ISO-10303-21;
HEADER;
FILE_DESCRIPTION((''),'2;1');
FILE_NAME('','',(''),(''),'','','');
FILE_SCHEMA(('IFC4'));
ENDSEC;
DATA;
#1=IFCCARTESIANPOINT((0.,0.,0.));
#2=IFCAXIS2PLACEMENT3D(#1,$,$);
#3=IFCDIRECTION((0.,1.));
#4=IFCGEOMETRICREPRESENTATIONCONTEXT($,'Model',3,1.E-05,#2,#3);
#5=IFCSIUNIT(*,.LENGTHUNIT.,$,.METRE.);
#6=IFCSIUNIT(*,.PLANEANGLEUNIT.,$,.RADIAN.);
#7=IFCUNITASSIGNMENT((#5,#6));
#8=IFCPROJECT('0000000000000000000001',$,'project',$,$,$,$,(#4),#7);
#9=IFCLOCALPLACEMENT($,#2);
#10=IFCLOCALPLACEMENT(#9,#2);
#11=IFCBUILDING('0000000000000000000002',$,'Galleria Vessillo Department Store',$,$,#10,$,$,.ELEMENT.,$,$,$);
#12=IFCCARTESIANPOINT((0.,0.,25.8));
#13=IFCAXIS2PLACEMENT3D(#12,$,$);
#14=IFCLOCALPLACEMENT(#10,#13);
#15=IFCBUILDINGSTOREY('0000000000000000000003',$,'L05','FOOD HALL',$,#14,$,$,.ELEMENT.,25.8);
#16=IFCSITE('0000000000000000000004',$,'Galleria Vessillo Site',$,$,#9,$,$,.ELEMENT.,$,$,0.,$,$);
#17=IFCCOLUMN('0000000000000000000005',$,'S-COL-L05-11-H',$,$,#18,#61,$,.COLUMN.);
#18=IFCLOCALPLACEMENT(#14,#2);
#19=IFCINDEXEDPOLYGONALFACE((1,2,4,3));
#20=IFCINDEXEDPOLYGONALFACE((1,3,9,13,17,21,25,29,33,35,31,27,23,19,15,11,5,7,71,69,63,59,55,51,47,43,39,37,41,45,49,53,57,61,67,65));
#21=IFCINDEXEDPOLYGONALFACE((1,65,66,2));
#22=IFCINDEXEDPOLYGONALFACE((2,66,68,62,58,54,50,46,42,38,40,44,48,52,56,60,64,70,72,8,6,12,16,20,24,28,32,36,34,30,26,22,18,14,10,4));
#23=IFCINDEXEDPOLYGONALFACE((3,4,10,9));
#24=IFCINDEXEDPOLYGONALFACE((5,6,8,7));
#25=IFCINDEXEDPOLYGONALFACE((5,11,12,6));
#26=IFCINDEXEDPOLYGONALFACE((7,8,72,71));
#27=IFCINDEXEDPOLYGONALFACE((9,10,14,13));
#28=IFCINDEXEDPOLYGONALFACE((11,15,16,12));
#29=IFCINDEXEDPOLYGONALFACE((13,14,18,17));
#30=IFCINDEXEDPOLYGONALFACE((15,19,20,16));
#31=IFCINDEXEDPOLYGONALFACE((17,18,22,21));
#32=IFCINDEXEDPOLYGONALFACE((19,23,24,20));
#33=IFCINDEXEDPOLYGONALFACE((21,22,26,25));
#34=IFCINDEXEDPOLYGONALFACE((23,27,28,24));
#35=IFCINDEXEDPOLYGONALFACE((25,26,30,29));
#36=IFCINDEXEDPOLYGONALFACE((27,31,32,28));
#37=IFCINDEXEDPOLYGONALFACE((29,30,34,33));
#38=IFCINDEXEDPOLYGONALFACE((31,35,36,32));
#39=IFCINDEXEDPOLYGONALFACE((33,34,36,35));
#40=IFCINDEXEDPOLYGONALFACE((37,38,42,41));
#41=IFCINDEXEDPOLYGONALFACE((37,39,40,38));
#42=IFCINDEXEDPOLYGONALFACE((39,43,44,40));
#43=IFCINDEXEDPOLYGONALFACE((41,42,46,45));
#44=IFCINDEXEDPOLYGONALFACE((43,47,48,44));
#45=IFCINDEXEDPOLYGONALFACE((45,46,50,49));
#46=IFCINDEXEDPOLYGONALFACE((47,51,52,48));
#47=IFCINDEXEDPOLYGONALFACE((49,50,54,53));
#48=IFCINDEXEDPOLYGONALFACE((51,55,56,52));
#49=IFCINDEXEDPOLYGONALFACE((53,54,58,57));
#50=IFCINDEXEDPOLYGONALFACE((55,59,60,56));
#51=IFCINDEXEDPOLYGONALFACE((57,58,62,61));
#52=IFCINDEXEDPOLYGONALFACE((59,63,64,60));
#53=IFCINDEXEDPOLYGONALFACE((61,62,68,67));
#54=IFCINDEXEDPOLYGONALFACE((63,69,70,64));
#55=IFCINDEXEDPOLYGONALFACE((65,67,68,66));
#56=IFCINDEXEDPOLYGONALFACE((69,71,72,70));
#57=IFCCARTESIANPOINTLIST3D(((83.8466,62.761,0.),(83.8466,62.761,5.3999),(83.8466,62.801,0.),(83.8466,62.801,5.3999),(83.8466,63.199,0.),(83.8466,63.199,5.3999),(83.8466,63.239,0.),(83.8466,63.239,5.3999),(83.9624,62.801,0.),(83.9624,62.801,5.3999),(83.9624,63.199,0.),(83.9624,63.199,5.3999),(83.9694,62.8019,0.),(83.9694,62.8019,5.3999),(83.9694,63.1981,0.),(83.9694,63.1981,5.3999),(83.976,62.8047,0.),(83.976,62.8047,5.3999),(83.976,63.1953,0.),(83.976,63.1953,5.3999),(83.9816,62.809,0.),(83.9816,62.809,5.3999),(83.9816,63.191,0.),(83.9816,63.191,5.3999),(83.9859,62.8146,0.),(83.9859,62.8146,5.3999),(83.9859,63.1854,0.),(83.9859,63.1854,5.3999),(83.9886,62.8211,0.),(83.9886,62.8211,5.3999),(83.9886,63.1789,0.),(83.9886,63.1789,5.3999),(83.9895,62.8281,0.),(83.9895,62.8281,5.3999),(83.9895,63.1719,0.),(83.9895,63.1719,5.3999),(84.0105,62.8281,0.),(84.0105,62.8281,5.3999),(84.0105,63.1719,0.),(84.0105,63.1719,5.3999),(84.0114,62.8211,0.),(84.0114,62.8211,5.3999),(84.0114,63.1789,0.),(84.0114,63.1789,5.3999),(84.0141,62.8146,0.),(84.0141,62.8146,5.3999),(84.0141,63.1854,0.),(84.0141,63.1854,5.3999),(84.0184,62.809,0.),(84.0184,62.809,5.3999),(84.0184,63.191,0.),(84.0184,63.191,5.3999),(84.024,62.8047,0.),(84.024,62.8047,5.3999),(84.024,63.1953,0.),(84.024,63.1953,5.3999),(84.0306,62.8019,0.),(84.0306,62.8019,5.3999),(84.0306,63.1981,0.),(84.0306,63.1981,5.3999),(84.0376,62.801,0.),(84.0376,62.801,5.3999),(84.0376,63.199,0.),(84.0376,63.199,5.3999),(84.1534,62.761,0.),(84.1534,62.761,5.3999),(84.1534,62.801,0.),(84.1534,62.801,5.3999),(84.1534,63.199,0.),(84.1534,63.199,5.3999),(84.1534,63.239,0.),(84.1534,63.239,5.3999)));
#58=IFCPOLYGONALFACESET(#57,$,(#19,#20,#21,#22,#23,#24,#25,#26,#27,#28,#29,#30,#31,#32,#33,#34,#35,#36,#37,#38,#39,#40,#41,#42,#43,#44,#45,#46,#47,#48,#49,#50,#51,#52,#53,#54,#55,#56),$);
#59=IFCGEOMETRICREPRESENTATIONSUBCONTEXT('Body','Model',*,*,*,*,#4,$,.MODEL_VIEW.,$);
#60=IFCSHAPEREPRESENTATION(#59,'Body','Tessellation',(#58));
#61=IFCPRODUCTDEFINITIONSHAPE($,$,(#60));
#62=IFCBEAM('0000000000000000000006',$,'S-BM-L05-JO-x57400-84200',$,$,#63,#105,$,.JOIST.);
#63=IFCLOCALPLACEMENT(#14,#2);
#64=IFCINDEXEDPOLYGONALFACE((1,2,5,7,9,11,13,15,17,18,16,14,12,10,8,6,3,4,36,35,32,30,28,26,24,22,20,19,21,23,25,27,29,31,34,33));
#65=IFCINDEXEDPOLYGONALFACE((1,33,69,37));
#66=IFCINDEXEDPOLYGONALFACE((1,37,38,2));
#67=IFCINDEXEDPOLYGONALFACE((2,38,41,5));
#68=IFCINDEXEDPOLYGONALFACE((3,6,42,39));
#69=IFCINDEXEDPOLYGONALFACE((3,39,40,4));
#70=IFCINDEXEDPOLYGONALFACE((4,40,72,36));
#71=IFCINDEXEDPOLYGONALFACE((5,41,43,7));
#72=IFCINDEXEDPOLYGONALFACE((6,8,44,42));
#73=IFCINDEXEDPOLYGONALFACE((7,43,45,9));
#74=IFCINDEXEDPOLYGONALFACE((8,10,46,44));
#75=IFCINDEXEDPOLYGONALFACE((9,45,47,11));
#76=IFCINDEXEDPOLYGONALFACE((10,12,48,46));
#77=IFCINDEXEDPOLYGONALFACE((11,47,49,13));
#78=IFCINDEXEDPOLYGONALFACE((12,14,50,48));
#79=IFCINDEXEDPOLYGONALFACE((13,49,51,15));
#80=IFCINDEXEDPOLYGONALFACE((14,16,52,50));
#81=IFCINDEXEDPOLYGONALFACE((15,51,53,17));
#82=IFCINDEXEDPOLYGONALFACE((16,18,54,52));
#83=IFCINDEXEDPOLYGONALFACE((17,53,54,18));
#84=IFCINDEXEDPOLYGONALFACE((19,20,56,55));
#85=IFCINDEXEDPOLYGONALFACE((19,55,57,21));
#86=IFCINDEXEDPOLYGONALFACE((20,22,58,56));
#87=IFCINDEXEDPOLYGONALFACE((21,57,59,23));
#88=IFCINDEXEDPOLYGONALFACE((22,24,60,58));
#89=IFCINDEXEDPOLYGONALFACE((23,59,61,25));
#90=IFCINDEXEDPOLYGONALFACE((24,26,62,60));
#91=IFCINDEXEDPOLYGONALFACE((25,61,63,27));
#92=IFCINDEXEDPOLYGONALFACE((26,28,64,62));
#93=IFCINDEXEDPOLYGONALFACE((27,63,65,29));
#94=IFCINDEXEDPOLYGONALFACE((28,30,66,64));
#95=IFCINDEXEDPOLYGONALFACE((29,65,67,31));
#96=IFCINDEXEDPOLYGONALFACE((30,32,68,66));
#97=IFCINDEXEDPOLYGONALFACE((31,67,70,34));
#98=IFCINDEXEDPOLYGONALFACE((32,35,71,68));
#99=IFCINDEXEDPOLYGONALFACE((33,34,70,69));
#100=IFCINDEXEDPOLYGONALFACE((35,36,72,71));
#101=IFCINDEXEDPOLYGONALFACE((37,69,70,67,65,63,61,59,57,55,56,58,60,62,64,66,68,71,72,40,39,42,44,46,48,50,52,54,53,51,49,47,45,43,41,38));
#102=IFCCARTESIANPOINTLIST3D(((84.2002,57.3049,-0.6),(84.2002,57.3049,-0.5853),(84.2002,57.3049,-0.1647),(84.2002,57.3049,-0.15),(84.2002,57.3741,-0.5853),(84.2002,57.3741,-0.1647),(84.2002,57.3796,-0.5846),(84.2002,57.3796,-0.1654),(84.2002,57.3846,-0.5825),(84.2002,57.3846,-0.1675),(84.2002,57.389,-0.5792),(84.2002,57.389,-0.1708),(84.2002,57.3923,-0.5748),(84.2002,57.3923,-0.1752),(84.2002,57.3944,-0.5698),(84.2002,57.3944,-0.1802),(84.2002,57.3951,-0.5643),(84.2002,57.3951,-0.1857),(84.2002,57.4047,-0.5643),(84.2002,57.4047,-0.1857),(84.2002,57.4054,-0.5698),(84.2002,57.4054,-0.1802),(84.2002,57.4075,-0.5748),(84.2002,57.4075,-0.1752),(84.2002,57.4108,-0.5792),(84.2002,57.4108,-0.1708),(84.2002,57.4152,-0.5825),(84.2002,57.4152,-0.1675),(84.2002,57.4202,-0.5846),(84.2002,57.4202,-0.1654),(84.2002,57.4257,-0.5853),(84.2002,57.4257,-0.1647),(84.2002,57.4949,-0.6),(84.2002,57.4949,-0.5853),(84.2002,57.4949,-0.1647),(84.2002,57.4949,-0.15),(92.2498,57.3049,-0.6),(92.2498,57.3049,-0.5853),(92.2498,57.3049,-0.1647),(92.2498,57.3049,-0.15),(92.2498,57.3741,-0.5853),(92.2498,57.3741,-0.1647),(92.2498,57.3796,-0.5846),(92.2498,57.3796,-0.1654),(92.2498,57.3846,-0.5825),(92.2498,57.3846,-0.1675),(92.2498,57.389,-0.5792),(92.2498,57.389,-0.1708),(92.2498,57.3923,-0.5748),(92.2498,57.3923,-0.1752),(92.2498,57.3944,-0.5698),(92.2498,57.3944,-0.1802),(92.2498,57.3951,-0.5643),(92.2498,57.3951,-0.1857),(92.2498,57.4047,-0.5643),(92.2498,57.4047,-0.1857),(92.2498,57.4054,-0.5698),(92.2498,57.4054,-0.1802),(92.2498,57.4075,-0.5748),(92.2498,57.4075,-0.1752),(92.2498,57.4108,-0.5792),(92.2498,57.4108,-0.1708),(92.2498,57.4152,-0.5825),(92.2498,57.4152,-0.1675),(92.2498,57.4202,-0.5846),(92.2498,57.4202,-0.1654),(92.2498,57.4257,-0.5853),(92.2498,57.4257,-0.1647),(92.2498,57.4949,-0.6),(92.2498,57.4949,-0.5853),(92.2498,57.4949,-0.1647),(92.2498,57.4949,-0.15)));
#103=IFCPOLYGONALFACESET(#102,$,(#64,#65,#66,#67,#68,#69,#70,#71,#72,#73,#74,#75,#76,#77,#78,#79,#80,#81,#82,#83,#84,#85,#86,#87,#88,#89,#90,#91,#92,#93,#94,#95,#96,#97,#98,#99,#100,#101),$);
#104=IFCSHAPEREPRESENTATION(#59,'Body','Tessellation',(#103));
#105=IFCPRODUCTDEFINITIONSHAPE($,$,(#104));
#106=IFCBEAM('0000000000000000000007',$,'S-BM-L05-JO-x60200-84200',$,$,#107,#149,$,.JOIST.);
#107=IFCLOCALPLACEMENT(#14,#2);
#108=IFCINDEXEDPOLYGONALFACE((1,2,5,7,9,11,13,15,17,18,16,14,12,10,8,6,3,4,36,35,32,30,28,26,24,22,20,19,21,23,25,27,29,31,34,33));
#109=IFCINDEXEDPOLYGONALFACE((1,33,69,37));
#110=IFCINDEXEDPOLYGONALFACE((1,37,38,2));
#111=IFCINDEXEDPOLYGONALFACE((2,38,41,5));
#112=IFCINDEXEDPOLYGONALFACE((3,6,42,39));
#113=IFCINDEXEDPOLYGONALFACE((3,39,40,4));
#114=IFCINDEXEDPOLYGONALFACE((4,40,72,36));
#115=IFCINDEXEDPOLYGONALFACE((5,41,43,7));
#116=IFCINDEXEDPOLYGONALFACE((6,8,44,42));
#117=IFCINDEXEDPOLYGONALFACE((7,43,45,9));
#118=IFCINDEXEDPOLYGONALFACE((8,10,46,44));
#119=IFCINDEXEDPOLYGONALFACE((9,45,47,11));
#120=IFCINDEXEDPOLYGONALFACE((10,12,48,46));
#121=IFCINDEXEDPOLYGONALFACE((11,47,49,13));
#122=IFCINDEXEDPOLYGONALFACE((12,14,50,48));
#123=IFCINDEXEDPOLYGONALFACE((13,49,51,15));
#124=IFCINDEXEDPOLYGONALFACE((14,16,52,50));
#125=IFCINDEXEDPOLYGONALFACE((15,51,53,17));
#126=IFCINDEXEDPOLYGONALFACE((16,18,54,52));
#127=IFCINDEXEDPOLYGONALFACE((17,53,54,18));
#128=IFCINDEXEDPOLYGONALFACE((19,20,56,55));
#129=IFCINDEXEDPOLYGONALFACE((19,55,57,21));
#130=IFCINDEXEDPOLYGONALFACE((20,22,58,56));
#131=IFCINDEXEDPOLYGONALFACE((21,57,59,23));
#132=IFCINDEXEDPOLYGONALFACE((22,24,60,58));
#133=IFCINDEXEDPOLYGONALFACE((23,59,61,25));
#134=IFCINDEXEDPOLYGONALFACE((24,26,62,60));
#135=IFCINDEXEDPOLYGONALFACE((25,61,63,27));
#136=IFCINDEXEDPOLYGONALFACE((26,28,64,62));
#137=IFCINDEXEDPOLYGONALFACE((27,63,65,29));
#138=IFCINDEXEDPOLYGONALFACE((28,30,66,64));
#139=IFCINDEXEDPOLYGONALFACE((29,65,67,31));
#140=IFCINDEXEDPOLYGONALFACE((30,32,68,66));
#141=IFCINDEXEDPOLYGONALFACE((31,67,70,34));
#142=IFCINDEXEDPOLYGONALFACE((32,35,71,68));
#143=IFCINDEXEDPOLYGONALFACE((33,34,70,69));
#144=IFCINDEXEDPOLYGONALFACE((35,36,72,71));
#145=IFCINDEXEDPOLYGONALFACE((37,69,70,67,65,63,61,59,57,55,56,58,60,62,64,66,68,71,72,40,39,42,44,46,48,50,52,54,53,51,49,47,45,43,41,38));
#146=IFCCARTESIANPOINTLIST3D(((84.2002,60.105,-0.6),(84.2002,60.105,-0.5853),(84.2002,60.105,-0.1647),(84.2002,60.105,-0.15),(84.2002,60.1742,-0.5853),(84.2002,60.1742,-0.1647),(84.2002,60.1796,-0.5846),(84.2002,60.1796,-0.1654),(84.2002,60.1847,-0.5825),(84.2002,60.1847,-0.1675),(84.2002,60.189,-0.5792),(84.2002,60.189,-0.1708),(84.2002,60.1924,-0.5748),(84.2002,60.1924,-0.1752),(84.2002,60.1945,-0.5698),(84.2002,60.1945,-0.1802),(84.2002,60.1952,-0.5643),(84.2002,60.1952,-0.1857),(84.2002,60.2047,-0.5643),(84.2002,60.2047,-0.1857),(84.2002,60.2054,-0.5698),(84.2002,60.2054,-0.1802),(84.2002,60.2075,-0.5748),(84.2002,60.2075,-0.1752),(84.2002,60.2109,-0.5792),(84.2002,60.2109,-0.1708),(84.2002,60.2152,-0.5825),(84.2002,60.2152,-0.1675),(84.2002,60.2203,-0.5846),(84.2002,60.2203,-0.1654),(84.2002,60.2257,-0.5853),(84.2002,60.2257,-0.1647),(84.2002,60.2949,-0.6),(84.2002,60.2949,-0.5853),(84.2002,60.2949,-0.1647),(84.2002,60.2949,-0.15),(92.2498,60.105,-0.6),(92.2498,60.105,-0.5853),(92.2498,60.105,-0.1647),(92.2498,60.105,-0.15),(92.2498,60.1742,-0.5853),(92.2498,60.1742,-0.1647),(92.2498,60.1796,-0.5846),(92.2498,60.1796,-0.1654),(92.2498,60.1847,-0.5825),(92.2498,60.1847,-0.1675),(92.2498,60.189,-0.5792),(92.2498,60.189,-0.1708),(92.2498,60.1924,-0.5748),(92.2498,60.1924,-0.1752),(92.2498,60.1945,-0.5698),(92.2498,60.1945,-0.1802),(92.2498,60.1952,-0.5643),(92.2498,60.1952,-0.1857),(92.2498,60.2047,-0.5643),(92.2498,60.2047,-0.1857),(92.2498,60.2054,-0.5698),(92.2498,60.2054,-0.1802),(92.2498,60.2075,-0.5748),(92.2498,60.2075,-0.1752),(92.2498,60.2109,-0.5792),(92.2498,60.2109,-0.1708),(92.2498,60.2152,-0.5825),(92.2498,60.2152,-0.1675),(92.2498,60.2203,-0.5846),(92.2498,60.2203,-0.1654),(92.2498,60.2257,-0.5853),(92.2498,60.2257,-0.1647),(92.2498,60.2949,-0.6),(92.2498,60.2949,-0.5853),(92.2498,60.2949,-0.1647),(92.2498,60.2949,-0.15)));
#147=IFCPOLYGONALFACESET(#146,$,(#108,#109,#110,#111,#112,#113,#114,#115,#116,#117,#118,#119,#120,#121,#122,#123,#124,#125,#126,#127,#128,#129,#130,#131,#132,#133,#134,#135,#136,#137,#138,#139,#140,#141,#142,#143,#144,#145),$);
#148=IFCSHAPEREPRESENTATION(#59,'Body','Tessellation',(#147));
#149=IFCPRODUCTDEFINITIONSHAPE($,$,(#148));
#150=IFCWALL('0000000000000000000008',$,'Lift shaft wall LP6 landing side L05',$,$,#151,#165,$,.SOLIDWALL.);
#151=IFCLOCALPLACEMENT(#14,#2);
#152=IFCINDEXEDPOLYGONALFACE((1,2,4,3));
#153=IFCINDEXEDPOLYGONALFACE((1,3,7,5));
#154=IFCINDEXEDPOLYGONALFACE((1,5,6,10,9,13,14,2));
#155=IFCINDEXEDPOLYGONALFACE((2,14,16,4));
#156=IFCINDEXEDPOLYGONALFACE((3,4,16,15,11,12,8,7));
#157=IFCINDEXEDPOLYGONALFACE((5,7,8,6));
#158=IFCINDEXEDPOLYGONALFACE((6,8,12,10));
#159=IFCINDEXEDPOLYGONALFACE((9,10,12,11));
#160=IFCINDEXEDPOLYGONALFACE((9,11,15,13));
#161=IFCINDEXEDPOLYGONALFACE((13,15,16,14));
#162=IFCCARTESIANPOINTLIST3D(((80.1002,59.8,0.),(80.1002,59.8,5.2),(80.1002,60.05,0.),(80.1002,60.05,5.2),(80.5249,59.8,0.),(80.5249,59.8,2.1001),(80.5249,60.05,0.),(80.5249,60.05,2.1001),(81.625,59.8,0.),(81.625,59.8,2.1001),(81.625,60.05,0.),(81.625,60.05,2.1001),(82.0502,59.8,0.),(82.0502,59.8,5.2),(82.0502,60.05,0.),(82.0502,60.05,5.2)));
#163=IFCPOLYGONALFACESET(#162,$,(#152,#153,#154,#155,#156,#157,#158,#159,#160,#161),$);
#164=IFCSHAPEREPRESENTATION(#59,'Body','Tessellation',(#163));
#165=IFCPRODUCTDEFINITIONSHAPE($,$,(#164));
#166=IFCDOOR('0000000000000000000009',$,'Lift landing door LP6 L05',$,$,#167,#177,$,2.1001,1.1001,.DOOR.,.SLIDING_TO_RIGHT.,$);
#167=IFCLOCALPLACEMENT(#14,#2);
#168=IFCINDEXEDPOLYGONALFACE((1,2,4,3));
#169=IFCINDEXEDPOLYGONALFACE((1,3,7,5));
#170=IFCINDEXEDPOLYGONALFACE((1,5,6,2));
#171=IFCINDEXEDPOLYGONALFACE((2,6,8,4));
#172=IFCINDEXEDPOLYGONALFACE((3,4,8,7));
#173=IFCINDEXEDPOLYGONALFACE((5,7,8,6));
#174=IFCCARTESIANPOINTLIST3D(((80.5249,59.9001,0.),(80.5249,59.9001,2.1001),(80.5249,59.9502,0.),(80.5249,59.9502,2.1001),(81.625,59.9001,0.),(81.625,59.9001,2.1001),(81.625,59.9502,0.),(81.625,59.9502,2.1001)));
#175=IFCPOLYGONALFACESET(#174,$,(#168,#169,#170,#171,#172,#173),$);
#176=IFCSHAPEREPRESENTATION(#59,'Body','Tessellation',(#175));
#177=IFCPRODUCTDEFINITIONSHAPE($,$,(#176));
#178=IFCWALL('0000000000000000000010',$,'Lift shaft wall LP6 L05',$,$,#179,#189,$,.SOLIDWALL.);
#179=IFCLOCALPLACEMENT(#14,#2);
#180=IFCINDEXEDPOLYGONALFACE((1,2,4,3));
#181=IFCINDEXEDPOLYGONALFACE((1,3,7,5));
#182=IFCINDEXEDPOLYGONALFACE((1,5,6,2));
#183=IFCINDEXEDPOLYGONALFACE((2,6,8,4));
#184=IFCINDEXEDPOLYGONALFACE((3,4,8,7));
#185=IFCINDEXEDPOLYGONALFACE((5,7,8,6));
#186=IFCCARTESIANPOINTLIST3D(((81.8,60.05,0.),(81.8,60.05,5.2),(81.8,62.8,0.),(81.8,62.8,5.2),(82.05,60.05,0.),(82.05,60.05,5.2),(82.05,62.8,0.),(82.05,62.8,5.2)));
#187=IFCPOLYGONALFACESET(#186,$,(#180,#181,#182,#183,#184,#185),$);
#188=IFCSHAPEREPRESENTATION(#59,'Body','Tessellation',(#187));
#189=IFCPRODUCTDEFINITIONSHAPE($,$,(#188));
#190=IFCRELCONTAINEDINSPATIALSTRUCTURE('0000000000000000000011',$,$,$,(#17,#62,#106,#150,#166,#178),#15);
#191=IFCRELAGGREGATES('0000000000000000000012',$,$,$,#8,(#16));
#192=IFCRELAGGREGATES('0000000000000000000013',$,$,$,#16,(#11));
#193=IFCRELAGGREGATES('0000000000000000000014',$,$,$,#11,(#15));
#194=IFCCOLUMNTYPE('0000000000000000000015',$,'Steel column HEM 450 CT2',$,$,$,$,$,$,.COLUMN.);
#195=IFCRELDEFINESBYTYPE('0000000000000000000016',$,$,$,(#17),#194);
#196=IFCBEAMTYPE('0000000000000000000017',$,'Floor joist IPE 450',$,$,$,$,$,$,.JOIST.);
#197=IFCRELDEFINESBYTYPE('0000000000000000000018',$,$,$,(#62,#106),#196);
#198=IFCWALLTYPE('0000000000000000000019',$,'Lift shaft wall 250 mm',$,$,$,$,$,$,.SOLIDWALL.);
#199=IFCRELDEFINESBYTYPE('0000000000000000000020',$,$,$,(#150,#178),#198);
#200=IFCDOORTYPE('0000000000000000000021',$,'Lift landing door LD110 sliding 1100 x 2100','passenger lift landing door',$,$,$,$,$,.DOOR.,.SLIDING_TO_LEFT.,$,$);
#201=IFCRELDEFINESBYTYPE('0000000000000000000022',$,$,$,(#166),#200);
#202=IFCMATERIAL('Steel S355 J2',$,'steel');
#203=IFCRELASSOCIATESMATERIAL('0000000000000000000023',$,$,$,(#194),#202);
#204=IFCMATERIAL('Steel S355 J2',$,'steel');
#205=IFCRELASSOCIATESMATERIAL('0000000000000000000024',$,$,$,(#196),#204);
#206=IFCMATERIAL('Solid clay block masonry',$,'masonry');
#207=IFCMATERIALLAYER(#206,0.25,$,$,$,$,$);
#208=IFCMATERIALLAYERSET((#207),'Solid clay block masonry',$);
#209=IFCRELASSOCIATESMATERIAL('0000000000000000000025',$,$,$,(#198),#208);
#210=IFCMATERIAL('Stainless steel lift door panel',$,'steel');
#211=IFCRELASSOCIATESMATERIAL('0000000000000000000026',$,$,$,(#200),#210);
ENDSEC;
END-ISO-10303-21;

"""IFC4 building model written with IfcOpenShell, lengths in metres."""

from ifc_helpers import new_model, si_unit, direction, frame, frame_2d, origin, origin_2d, place, context, subcontext, project, spatial, rectangle, i_section, extrude, material, layer, layer_set, material_profile, profile_set, type_object, element, fill, save


model = new_model("IFC4")

# Units and contexts
model_context = context("Model", 3, precision=1e-05, world=origin(), true_north=direction((0.0, 1.0)))
body_context = subcontext(model_context, "Body", "Model", "MODEL_VIEW")
ifc_project = project(units=[si_unit("LENGTHUNIT", "METRE"), si_unit("PLANEANGLEUNIT", "RADIAN")], contexts=[model_context])

# Site, building, storey
site_placement = place(None, origin())
site = spatial("IfcSite", under=ifc_project, at=site_placement, Name="Galleria Vessillo Site", CompositionType="ELEMENT", RefElevation=0.0)
building_placement = place(site_placement, origin())
building = spatial("IfcBuilding", under=site, at=building_placement, Name="Galleria Vessillo Department Store", CompositionType="ELEMENT")
storey_placement = place(building_placement, frame((0.0, 0.0, 25.8)))
storey = spatial("IfcBuildingStorey", under=building, at=storey_placement, Name="L05", Description="FOOD HALL", CompositionType="ELEMENT", Elevation=25.8)

# Column
ifc_material_1 = material(Name="Steel S355 J2", Category="steel")
ifc_material_profile_1 = material_profile(ifc_material_1, i_section(OverallWidth=0.3069, OverallDepth=0.478, WebThickness=0.021, FlangeThickness=0.04, FilletRadius=0.0271, at=origin_2d()), Name="HEM 450")
ifc_profile_set_1 = profile_set([ifc_material_profile_1], Name="Steel S355 J2")
column_type = type_object("IfcColumnType", Name="Steel column HEM 450 CT2", PredefinedType="COLUMN", material=ifc_profile_set_1)
column_placement = place(storey_placement, frame((84.0, 63.0, 0.0), z_axis=(0.0, 0.0, 1.0), x_axis=(1.0, 0.0, 0.0)))
element("IfcColumn", 1, at=column_placement, inside=storey, type_object=column_type, Name="S-COL-L05-11-H", PredefinedType="COLUMN", context=body_context, shape_type="SweptSolid", body=[
    extrude(i_section(OverallWidth=0.3069, OverallDepth=0.478, WebThickness=0.021, FlangeThickness=0.04, FilletRadius=0.0271, at=origin_2d()), origin(), (0.0, 0.0, 1.0), 5.3999),
])

# Beams
ifc_material_2 = material(Name="Steel S355 J2", Category="steel")
ifc_material_profile_2 = material_profile(ifc_material_2, i_section(OverallWidth=0.1899, OverallDepth=0.45, WebThickness=0.0095, FlangeThickness=0.0146, FilletRadius=0.021, at=origin_2d()), Name="IPE 450")
ifc_profile_set_2 = profile_set([ifc_material_profile_2], Name="Steel S355 J2")
beam_type = type_object("IfcBeamType", Name="Floor joist IPE 450", PredefinedType="JOIST", material=ifc_profile_set_2)
for number, where, z_axis, x_axis, name in (
    (2, (84.2002, 57.3999, -0.375), (1.0, 0.0, 0.0), (0.0, 1.0, 0.0), "S-BM-L05-JO-x57400-84200"),
    (3, (84.2002, 60.2, -0.375), (1.0, 0.0, 0.0), (0.0, 1.0, 0.0), "S-BM-L05-JO-x60200-84200"),
):
    element("IfcBeam", number, at=place(storey_placement, frame(where, z_axis=z_axis, x_axis=x_axis)), inside=storey, type_object=beam_type, Name=name, PredefinedType="JOIST", context=body_context, shape_type="SweptSolid", body=[
        extrude(i_section(OverallWidth=0.1899, OverallDepth=0.45, WebThickness=0.0095, FlangeThickness=0.0146, FilletRadius=0.021, at=origin_2d()), origin(), (0.0, 0.0, 1.0), 8.0496),
    ])

# Wall, opening, door
ifc_material_3 = material(Name="Solid clay block masonry", Category="masonry")
ifc_layer_1 = layer(ifc_material_3, 0.25)
ifc_layer_set_1 = layer_set([ifc_layer_1], Name="Solid clay block masonry")
wall_type_1 = type_object("IfcWallType", Name="Lift shaft wall 250 mm", PredefinedType="SOLIDWALL", material=ifc_layer_set_1)
wall_1_placement = place(storey_placement, frame((80.1001, 59.925, 0.0), z_axis=(0.0, 0.0, 1.0), x_axis=(1.0, 0.0, 0.0)))
wall_1 = element("IfcWall", 4, at=wall_1_placement, inside=storey, type_object=wall_type_1, Name="Lift shaft wall LP6 landing side L05", PredefinedType="SOLIDWALL", context=body_context, shape_type="SweptSolid", body=[
    extrude(rectangle(XDim=1.95, YDim=0.25, at=frame_2d((0.9751, 0.0))), origin(), (0.0, 0.0, 1.0), 5.2),
])
opening_1_placement = place(wall_1_placement, frame((0.4248, 0.0, 0.0)))
opening_1 = element("IfcOpeningElement", 5, at=opening_1_placement, cuts=wall_1, PredefinedType="OPENING", context=body_context, shape_type="SweptSolid", body=[
    extrude(rectangle(XDim=1.1001, YDim=2.1001, at=frame_2d((0.55, 1.05))), frame((0.0, 0.135, 0.0), z_axis=(0.0, -1.0, 0.0), x_axis=(1.0, 0.0, 0.0)), (0.0, 0.0, 1.0), 0.27),
])
ifc_material_4 = material(Name="Stainless steel lift door panel", Category="steel")
door_type_1 = type_object("IfcDoorType", Name="Lift landing door LD110 sliding 1100 x 2100", Description="passenger lift landing door", OperationType="SLIDING_TO_LEFT", PredefinedType="DOOR", material=ifc_material_4)
door_1_placement = place(opening_1_placement, frame((1.1001, 0.0, 0.0), z_axis=(0.0, 0.0, 1.0), x_axis=(-1.0, 0.0, 0.0)))
door_1 = element("IfcDoor", 6, at=door_1_placement, inside=storey, type_object=door_type_1, Name="Lift landing door LP6 L05", OperationType="SLIDING_TO_RIGHT", OverallHeight=2.1001, OverallWidth=1.1001, PredefinedType="DOOR", context=body_context, shape_type="SweptSolid", body=[
    extrude(rectangle(XDim=1.1001, YDim=2.1001, at=frame_2d((0.55, 1.05))), frame((0.0, 0.0249, 0.0), z_axis=(0.0, -1.0, 0.0), x_axis=(1.0, 0.0, 0.0)), (0.0, 0.0, 1.0), 0.05),
])
fill(opening_1, door_1)

# Wall
wall_2_placement = place(storey_placement, frame((81.925, 62.8, 0.0), z_axis=(0.0, 0.0, 1.0), x_axis=(0.0, -1.0, 0.0)))
element("IfcWall", 7, at=wall_2_placement, inside=storey, type_object=wall_type_1, Name="Lift shaft wall LP6 L05", PredefinedType="SOLIDWALL", context=body_context, shape_type="SweptSolid", body=[
    extrude(rectangle(XDim=2.75, YDim=0.25, at=frame_2d((1.375, 0.0))), origin(), (0.0, 0.0, 1.0), 5.2),
])

save(model, "model.ifc")
